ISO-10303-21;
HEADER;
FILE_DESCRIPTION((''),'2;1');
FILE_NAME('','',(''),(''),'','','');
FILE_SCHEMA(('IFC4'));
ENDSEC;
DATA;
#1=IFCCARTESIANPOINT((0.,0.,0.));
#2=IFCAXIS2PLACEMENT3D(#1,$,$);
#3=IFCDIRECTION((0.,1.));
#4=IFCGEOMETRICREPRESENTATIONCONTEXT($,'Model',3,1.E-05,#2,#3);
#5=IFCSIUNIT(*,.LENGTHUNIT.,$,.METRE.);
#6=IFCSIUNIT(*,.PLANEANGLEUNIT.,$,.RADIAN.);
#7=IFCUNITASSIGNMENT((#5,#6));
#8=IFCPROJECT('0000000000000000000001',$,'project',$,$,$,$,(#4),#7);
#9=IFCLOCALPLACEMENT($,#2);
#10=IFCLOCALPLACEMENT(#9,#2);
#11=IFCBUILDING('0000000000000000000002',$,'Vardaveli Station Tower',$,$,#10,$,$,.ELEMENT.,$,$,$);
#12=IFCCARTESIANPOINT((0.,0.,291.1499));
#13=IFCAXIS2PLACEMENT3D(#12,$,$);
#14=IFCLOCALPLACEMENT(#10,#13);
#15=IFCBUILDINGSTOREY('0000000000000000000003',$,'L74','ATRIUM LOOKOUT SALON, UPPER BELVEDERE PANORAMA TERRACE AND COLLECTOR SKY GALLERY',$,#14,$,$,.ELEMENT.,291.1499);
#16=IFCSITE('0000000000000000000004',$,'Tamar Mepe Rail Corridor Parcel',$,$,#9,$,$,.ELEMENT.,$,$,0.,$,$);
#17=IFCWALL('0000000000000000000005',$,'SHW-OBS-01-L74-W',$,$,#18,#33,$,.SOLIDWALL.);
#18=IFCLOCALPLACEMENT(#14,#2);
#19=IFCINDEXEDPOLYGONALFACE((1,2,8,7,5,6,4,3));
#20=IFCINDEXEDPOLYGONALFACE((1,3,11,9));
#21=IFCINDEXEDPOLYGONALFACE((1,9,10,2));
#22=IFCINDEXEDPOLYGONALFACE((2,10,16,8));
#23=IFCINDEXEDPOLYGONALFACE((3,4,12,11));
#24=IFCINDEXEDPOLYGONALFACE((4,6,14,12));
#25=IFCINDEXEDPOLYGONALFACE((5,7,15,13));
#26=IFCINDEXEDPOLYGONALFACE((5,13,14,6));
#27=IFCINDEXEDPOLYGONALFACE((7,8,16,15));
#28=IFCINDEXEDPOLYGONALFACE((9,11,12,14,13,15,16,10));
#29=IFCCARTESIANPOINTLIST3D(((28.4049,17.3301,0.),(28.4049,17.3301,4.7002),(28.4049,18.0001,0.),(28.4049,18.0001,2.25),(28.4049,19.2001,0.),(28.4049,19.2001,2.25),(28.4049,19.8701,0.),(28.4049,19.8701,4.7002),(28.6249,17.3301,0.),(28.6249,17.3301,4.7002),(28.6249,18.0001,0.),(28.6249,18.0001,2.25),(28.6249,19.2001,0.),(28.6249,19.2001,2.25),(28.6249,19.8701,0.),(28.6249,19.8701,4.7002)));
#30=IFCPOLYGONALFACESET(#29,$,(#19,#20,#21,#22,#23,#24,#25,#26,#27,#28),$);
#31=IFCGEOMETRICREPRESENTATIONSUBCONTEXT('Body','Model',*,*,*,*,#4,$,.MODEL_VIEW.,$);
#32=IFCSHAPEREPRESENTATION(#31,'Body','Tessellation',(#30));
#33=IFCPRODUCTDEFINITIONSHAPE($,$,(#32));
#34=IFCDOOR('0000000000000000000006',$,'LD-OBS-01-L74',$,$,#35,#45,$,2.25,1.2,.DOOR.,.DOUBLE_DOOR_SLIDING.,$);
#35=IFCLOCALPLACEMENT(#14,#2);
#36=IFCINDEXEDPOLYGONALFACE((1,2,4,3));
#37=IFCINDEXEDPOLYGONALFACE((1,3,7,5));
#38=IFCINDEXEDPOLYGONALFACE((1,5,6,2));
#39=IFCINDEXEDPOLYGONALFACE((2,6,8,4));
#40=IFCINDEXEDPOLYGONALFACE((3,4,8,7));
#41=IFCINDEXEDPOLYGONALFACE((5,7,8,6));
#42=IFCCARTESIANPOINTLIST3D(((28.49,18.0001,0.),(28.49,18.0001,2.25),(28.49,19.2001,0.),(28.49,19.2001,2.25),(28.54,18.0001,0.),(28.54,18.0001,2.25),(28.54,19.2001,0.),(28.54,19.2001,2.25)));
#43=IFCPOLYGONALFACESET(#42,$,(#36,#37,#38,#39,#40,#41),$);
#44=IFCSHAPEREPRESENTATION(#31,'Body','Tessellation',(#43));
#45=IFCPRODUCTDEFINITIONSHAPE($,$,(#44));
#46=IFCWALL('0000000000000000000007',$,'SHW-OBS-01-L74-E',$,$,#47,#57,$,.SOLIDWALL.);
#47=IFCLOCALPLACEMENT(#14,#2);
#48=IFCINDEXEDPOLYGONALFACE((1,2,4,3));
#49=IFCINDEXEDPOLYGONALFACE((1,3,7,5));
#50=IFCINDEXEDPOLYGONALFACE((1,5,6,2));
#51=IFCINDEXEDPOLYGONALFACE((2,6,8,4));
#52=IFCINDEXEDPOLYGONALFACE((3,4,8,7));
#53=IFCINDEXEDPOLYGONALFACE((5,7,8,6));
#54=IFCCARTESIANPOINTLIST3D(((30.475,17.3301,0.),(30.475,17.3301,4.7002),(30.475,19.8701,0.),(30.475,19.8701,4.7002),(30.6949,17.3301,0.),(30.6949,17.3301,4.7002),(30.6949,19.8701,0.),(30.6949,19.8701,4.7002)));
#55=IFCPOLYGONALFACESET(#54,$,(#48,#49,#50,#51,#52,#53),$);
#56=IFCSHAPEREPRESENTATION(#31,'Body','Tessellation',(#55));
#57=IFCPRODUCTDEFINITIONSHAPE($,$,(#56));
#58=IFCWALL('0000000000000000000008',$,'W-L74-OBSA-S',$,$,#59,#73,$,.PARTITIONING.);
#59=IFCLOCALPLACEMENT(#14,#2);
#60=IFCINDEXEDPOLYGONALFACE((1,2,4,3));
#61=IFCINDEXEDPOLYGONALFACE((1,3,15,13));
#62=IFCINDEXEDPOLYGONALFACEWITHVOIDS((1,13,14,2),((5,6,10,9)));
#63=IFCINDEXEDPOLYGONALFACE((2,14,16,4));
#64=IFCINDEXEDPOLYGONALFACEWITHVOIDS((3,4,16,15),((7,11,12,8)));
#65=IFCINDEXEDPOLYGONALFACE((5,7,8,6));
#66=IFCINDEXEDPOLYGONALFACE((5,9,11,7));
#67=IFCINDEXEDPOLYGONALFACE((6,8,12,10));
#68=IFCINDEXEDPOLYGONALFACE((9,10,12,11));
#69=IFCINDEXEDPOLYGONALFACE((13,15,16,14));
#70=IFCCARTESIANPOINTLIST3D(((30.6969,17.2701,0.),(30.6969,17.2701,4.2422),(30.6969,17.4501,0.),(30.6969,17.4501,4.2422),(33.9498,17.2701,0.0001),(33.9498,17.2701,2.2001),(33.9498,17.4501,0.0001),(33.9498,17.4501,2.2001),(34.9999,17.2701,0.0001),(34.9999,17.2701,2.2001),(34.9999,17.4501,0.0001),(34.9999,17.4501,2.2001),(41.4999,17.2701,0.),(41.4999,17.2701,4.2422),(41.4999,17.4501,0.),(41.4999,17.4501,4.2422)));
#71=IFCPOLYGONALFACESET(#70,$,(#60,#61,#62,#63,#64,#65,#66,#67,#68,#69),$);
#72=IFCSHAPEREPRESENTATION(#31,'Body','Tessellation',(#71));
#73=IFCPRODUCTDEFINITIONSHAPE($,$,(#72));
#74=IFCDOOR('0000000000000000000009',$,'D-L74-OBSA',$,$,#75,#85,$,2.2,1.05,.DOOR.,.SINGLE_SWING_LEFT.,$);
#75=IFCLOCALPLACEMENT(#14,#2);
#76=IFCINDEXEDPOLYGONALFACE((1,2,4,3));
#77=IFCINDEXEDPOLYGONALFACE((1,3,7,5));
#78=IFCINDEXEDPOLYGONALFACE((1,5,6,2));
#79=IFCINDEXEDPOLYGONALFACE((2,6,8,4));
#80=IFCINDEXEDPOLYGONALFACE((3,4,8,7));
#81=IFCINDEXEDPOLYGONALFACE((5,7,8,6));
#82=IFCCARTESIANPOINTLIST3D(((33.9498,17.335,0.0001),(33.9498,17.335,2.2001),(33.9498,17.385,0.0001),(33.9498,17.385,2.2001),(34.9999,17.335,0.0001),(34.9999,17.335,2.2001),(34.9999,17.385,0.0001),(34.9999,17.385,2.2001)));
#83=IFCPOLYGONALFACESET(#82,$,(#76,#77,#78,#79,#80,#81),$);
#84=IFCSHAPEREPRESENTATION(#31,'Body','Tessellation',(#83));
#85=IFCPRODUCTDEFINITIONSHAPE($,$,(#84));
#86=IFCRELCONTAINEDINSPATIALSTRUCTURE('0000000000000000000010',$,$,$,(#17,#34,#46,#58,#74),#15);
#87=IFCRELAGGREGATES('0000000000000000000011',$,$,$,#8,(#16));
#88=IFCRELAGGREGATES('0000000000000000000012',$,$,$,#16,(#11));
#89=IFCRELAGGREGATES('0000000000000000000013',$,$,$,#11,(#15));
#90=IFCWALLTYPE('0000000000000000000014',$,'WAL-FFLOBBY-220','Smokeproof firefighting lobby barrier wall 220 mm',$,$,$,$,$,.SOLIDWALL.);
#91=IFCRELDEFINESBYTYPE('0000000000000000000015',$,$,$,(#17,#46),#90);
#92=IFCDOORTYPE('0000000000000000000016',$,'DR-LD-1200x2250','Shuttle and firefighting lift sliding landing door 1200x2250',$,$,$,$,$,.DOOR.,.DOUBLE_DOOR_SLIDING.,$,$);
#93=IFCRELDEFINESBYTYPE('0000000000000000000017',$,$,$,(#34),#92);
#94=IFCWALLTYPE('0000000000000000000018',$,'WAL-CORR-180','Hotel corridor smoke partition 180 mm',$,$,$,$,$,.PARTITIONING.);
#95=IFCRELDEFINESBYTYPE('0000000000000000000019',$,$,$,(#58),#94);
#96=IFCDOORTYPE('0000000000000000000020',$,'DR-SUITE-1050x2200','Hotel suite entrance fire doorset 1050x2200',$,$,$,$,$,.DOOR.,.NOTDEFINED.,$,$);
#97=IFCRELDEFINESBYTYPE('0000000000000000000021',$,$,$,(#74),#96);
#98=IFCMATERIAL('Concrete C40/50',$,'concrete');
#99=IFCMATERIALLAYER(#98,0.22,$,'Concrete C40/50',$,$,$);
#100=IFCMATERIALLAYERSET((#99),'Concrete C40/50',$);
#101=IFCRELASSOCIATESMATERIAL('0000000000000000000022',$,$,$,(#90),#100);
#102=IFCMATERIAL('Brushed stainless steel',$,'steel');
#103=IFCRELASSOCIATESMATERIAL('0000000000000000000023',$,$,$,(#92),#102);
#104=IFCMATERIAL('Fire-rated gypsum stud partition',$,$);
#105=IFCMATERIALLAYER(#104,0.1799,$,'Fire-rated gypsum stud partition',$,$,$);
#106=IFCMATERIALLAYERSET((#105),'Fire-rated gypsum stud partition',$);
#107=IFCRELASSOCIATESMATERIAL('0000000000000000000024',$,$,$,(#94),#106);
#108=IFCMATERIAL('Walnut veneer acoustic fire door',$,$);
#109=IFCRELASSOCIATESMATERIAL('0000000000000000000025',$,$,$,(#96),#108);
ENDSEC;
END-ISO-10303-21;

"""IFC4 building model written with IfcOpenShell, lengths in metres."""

from ifc_helpers import new_model, si_unit, direction, frame, frame_2d, origin, place, context, subcontext, project, spatial, rectangle, extrude, source, transform, mapped, material, layer, layer_set, type_object, element, fill, save


model = new_model("IFC4")

# Units and contexts
model_context = context("Model", 3, precision=1e-05, world=origin(), true_north=direction((0.0, 1.0)))
body_context = subcontext(model_context, "Body", "Model", "MODEL_VIEW")
ifc_project = project(units=[si_unit("LENGTHUNIT", "METRE"), si_unit("PLANEANGLEUNIT", "RADIAN")], contexts=[model_context])

# Site, building, storey
site_placement = place(None, origin())
site = spatial("IfcSite", under=ifc_project, at=site_placement, Name="Tamar Mepe Rail Corridor Parcel", CompositionType="ELEMENT", RefElevation=0.0)
building_placement = place(site_placement, origin())
building = spatial("IfcBuilding", under=site, at=building_placement, Name="Vardaveli Station Tower", CompositionType="ELEMENT")
storey_placement = place(building_placement, frame((0.0, 0.0, 291.1499)))
storey = spatial("IfcBuildingStorey", under=building, at=storey_placement, Name="L74", Description="ATRIUM LOOKOUT SALON, UPPER BELVEDERE PANORAMA TERRACE AND COLLECTOR SKY GALLERY", CompositionType="ELEMENT", Elevation=291.1499)

# Shared definitions
ifc_material_1 = material(Name="Concrete C40/50", Category="concrete")
ifc_layer_1 = layer(ifc_material_1, 0.22, Name="Concrete C40/50")
ifc_layer_set_1 = layer_set([ifc_layer_1], Name="Concrete C40/50")
wall_type_1 = type_object("IfcWallType", Name="WAL-FFLOBBY-220", Description="Smokeproof firefighting lobby barrier wall 220 mm", PredefinedType="SOLIDWALL", material=ifc_layer_set_1)

# Wall, opening, door
shared_shape_1 = source(origin(), body_context, "Body", "SweptSolid", [
    extrude(rectangle(XDim=2.54, YDim=0.22, at=frame_2d((1.27, 0.0))), origin(), (0.0, 0.0, 1.0), 4.7002),
])
wall_1_placement = place(storey_placement, frame((28.5149, 17.3301, 0.0), z_axis=(0.0, 0.0, 1.0), x_axis=(0.0, 1.0, 0.0)))
wall_1 = element("IfcWall", 1, at=wall_1_placement, inside=storey, type_object=wall_type_1, Name="SHW-OBS-01-L74-W", PredefinedType="SOLIDWALL", context=body_context, shape_type="MappedRepresentation", body=[
    mapped(shared_shape_1, transform((0.0, 0.0, 0.0), scale=1.0)),
])
shared_shape_2 = source(origin(), body_context, "Body", "SweptSolid", [
    extrude(rectangle(XDim=1.2, YDim=2.25, at=frame_2d((0.6001, 1.125))), frame((0.0, 0.1201, 0.0), z_axis=(0.0, -1.0, 0.0), x_axis=(1.0, 0.0, 0.0)), (0.0, 0.0, 1.0), 0.24),
])
opening_1_placement = place(wall_1_placement, frame((0.6699, 0.0, 0.0)))
opening_1 = element("IfcOpeningElement", 2, at=opening_1_placement, cuts=wall_1, PredefinedType="OPENING", context=body_context, shape_type="MappedRepresentation", body=[
    mapped(shared_shape_2, transform((0.0, 0.0, 0.0), scale=1.0)),
])
ifc_material_2 = material(Name="Brushed stainless steel", Category="steel")
door_type_1 = type_object("IfcDoorType", Name="DR-LD-1200x2250", Description="Shuttle and firefighting lift sliding landing door 1200x2250", OperationType="DOUBLE_DOOR_SLIDING", PredefinedType="DOOR", material=ifc_material_2)
shared_shape_3 = source(origin(), body_context, "Body", "SweptSolid", [
    extrude(rectangle(XDim=1.2, YDim=2.25, at=frame_2d((0.6001, 1.125))), frame((0.0, 0.0249, 0.0), z_axis=(0.0, -1.0, 0.0), x_axis=(1.0, 0.0, 0.0)), (0.0, 0.0, 1.0), 0.05),
])
door_1_placement = place(opening_1_placement, origin())
door_1 = element("IfcDoor", 3, at=door_1_placement, inside=storey, type_object=door_type_1, Name="LD-OBS-01-L74", OperationType="DOUBLE_DOOR_SLIDING", OverallHeight=2.25, OverallWidth=1.2, PredefinedType="DOOR", context=body_context, shape_type="MappedRepresentation", body=[
    mapped(shared_shape_3, transform((0.0, 0.0, 0.0), scale=1.0)),
])
fill(opening_1, door_1)

# Wall
wall_2_placement = place(storey_placement, frame((30.585, 17.3301, 0.0), z_axis=(0.0, 0.0, 1.0), x_axis=(0.0, 1.0, 0.0)))
element("IfcWall", 4, at=wall_2_placement, inside=storey, type_object=wall_type_1, Name="SHW-OBS-01-L74-E", PredefinedType="SOLIDWALL", context=body_context, shape_type="MappedRepresentation", body=[
    mapped(shared_shape_1, transform((0.0, 0.0, 0.0), scale=1.0)),
])

# Wall, opening, door
ifc_material_3 = material(Name="Fire-rated gypsum stud partition")
ifc_layer_2 = layer(ifc_material_3, 0.1799, Name="Fire-rated gypsum stud partition")
ifc_layer_set_2 = layer_set([ifc_layer_2], Name="Fire-rated gypsum stud partition")
wall_type_2 = type_object("IfcWallType", Name="WAL-CORR-180", Description="Hotel corridor smoke partition 180 mm", PredefinedType="PARTITIONING", material=ifc_layer_set_2)
shared_shape_4 = source(origin(), body_context, "Body", "SweptSolid", [
    extrude(rectangle(XDim=10.803, YDim=0.1799, at=frame_2d((5.4014, 0.0))), origin(), (0.0, 0.0, 1.0), 4.2422),
])
wall_3_placement = place(storey_placement, frame((30.697, 17.3601, 0.0), z_axis=(0.0, 0.0, 1.0), x_axis=(1.0, 0.0, 0.0)))
wall_3 = element("IfcWall", 5, at=wall_3_placement, inside=storey, type_object=wall_type_2, Name="W-L74-OBSA-S", PredefinedType="PARTITIONING", context=body_context, shape_type="MappedRepresentation", body=[
    mapped(shared_shape_4, transform((0.0, 0.0, 0.0), scale=1.0)),
])
shared_shape_5 = source(origin(), body_context, "Body", "SweptSolid", [
    extrude(rectangle(XDim=1.05, YDim=2.2, at=frame_2d((0.5249, 1.1001))), frame((0.0, 0.1001, 0.0), z_axis=(0.0, -1.0, 0.0), x_axis=(1.0, 0.0, 0.0)), (0.0, 0.0, 1.0), 0.2),
])
opening_2_placement = place(wall_3_placement, frame((3.2529, 0.0, 0.0)))
opening_2 = element("IfcOpeningElement", 6, at=opening_2_placement, cuts=wall_3, PredefinedType="OPENING", context=body_context, shape_type="MappedRepresentation", body=[
    mapped(shared_shape_5, transform((0.0, 0.0, 0.0), scale=1.0)),
])
ifc_material_4 = material(Name="Walnut veneer acoustic fire door")
door_type_2 = type_object("IfcDoorType", Name="DR-SUITE-1050x2200", Description="Hotel suite entrance fire doorset 1050x2200", OperationType="NOTDEFINED", PredefinedType="DOOR", material=ifc_material_4)
shared_shape_6 = source(origin(), body_context, "Body", "SweptSolid", [
    extrude(rectangle(XDim=1.05, YDim=2.2, at=frame_2d((0.5249, 1.1001))), frame((0.0, 0.0249, 0.0), z_axis=(0.0, -1.0, 0.0), x_axis=(1.0, 0.0, 0.0)), (0.0, 0.0, 1.0), 0.05),
])
door_2_placement = place(opening_2_placement, origin())
door_2 = element("IfcDoor", 7, at=door_2_placement, inside=storey, type_object=door_type_2, Name="D-L74-OBSA", OperationType="SINGLE_SWING_LEFT", OverallHeight=2.2, OverallWidth=1.05, PredefinedType="DOOR", context=body_context, shape_type="MappedRepresentation", body=[
    mapped(shared_shape_6, transform((0.0, 0.0, 0.0), scale=1.0)),
])
fill(opening_2, door_2)

save(model, "model.ifc")
